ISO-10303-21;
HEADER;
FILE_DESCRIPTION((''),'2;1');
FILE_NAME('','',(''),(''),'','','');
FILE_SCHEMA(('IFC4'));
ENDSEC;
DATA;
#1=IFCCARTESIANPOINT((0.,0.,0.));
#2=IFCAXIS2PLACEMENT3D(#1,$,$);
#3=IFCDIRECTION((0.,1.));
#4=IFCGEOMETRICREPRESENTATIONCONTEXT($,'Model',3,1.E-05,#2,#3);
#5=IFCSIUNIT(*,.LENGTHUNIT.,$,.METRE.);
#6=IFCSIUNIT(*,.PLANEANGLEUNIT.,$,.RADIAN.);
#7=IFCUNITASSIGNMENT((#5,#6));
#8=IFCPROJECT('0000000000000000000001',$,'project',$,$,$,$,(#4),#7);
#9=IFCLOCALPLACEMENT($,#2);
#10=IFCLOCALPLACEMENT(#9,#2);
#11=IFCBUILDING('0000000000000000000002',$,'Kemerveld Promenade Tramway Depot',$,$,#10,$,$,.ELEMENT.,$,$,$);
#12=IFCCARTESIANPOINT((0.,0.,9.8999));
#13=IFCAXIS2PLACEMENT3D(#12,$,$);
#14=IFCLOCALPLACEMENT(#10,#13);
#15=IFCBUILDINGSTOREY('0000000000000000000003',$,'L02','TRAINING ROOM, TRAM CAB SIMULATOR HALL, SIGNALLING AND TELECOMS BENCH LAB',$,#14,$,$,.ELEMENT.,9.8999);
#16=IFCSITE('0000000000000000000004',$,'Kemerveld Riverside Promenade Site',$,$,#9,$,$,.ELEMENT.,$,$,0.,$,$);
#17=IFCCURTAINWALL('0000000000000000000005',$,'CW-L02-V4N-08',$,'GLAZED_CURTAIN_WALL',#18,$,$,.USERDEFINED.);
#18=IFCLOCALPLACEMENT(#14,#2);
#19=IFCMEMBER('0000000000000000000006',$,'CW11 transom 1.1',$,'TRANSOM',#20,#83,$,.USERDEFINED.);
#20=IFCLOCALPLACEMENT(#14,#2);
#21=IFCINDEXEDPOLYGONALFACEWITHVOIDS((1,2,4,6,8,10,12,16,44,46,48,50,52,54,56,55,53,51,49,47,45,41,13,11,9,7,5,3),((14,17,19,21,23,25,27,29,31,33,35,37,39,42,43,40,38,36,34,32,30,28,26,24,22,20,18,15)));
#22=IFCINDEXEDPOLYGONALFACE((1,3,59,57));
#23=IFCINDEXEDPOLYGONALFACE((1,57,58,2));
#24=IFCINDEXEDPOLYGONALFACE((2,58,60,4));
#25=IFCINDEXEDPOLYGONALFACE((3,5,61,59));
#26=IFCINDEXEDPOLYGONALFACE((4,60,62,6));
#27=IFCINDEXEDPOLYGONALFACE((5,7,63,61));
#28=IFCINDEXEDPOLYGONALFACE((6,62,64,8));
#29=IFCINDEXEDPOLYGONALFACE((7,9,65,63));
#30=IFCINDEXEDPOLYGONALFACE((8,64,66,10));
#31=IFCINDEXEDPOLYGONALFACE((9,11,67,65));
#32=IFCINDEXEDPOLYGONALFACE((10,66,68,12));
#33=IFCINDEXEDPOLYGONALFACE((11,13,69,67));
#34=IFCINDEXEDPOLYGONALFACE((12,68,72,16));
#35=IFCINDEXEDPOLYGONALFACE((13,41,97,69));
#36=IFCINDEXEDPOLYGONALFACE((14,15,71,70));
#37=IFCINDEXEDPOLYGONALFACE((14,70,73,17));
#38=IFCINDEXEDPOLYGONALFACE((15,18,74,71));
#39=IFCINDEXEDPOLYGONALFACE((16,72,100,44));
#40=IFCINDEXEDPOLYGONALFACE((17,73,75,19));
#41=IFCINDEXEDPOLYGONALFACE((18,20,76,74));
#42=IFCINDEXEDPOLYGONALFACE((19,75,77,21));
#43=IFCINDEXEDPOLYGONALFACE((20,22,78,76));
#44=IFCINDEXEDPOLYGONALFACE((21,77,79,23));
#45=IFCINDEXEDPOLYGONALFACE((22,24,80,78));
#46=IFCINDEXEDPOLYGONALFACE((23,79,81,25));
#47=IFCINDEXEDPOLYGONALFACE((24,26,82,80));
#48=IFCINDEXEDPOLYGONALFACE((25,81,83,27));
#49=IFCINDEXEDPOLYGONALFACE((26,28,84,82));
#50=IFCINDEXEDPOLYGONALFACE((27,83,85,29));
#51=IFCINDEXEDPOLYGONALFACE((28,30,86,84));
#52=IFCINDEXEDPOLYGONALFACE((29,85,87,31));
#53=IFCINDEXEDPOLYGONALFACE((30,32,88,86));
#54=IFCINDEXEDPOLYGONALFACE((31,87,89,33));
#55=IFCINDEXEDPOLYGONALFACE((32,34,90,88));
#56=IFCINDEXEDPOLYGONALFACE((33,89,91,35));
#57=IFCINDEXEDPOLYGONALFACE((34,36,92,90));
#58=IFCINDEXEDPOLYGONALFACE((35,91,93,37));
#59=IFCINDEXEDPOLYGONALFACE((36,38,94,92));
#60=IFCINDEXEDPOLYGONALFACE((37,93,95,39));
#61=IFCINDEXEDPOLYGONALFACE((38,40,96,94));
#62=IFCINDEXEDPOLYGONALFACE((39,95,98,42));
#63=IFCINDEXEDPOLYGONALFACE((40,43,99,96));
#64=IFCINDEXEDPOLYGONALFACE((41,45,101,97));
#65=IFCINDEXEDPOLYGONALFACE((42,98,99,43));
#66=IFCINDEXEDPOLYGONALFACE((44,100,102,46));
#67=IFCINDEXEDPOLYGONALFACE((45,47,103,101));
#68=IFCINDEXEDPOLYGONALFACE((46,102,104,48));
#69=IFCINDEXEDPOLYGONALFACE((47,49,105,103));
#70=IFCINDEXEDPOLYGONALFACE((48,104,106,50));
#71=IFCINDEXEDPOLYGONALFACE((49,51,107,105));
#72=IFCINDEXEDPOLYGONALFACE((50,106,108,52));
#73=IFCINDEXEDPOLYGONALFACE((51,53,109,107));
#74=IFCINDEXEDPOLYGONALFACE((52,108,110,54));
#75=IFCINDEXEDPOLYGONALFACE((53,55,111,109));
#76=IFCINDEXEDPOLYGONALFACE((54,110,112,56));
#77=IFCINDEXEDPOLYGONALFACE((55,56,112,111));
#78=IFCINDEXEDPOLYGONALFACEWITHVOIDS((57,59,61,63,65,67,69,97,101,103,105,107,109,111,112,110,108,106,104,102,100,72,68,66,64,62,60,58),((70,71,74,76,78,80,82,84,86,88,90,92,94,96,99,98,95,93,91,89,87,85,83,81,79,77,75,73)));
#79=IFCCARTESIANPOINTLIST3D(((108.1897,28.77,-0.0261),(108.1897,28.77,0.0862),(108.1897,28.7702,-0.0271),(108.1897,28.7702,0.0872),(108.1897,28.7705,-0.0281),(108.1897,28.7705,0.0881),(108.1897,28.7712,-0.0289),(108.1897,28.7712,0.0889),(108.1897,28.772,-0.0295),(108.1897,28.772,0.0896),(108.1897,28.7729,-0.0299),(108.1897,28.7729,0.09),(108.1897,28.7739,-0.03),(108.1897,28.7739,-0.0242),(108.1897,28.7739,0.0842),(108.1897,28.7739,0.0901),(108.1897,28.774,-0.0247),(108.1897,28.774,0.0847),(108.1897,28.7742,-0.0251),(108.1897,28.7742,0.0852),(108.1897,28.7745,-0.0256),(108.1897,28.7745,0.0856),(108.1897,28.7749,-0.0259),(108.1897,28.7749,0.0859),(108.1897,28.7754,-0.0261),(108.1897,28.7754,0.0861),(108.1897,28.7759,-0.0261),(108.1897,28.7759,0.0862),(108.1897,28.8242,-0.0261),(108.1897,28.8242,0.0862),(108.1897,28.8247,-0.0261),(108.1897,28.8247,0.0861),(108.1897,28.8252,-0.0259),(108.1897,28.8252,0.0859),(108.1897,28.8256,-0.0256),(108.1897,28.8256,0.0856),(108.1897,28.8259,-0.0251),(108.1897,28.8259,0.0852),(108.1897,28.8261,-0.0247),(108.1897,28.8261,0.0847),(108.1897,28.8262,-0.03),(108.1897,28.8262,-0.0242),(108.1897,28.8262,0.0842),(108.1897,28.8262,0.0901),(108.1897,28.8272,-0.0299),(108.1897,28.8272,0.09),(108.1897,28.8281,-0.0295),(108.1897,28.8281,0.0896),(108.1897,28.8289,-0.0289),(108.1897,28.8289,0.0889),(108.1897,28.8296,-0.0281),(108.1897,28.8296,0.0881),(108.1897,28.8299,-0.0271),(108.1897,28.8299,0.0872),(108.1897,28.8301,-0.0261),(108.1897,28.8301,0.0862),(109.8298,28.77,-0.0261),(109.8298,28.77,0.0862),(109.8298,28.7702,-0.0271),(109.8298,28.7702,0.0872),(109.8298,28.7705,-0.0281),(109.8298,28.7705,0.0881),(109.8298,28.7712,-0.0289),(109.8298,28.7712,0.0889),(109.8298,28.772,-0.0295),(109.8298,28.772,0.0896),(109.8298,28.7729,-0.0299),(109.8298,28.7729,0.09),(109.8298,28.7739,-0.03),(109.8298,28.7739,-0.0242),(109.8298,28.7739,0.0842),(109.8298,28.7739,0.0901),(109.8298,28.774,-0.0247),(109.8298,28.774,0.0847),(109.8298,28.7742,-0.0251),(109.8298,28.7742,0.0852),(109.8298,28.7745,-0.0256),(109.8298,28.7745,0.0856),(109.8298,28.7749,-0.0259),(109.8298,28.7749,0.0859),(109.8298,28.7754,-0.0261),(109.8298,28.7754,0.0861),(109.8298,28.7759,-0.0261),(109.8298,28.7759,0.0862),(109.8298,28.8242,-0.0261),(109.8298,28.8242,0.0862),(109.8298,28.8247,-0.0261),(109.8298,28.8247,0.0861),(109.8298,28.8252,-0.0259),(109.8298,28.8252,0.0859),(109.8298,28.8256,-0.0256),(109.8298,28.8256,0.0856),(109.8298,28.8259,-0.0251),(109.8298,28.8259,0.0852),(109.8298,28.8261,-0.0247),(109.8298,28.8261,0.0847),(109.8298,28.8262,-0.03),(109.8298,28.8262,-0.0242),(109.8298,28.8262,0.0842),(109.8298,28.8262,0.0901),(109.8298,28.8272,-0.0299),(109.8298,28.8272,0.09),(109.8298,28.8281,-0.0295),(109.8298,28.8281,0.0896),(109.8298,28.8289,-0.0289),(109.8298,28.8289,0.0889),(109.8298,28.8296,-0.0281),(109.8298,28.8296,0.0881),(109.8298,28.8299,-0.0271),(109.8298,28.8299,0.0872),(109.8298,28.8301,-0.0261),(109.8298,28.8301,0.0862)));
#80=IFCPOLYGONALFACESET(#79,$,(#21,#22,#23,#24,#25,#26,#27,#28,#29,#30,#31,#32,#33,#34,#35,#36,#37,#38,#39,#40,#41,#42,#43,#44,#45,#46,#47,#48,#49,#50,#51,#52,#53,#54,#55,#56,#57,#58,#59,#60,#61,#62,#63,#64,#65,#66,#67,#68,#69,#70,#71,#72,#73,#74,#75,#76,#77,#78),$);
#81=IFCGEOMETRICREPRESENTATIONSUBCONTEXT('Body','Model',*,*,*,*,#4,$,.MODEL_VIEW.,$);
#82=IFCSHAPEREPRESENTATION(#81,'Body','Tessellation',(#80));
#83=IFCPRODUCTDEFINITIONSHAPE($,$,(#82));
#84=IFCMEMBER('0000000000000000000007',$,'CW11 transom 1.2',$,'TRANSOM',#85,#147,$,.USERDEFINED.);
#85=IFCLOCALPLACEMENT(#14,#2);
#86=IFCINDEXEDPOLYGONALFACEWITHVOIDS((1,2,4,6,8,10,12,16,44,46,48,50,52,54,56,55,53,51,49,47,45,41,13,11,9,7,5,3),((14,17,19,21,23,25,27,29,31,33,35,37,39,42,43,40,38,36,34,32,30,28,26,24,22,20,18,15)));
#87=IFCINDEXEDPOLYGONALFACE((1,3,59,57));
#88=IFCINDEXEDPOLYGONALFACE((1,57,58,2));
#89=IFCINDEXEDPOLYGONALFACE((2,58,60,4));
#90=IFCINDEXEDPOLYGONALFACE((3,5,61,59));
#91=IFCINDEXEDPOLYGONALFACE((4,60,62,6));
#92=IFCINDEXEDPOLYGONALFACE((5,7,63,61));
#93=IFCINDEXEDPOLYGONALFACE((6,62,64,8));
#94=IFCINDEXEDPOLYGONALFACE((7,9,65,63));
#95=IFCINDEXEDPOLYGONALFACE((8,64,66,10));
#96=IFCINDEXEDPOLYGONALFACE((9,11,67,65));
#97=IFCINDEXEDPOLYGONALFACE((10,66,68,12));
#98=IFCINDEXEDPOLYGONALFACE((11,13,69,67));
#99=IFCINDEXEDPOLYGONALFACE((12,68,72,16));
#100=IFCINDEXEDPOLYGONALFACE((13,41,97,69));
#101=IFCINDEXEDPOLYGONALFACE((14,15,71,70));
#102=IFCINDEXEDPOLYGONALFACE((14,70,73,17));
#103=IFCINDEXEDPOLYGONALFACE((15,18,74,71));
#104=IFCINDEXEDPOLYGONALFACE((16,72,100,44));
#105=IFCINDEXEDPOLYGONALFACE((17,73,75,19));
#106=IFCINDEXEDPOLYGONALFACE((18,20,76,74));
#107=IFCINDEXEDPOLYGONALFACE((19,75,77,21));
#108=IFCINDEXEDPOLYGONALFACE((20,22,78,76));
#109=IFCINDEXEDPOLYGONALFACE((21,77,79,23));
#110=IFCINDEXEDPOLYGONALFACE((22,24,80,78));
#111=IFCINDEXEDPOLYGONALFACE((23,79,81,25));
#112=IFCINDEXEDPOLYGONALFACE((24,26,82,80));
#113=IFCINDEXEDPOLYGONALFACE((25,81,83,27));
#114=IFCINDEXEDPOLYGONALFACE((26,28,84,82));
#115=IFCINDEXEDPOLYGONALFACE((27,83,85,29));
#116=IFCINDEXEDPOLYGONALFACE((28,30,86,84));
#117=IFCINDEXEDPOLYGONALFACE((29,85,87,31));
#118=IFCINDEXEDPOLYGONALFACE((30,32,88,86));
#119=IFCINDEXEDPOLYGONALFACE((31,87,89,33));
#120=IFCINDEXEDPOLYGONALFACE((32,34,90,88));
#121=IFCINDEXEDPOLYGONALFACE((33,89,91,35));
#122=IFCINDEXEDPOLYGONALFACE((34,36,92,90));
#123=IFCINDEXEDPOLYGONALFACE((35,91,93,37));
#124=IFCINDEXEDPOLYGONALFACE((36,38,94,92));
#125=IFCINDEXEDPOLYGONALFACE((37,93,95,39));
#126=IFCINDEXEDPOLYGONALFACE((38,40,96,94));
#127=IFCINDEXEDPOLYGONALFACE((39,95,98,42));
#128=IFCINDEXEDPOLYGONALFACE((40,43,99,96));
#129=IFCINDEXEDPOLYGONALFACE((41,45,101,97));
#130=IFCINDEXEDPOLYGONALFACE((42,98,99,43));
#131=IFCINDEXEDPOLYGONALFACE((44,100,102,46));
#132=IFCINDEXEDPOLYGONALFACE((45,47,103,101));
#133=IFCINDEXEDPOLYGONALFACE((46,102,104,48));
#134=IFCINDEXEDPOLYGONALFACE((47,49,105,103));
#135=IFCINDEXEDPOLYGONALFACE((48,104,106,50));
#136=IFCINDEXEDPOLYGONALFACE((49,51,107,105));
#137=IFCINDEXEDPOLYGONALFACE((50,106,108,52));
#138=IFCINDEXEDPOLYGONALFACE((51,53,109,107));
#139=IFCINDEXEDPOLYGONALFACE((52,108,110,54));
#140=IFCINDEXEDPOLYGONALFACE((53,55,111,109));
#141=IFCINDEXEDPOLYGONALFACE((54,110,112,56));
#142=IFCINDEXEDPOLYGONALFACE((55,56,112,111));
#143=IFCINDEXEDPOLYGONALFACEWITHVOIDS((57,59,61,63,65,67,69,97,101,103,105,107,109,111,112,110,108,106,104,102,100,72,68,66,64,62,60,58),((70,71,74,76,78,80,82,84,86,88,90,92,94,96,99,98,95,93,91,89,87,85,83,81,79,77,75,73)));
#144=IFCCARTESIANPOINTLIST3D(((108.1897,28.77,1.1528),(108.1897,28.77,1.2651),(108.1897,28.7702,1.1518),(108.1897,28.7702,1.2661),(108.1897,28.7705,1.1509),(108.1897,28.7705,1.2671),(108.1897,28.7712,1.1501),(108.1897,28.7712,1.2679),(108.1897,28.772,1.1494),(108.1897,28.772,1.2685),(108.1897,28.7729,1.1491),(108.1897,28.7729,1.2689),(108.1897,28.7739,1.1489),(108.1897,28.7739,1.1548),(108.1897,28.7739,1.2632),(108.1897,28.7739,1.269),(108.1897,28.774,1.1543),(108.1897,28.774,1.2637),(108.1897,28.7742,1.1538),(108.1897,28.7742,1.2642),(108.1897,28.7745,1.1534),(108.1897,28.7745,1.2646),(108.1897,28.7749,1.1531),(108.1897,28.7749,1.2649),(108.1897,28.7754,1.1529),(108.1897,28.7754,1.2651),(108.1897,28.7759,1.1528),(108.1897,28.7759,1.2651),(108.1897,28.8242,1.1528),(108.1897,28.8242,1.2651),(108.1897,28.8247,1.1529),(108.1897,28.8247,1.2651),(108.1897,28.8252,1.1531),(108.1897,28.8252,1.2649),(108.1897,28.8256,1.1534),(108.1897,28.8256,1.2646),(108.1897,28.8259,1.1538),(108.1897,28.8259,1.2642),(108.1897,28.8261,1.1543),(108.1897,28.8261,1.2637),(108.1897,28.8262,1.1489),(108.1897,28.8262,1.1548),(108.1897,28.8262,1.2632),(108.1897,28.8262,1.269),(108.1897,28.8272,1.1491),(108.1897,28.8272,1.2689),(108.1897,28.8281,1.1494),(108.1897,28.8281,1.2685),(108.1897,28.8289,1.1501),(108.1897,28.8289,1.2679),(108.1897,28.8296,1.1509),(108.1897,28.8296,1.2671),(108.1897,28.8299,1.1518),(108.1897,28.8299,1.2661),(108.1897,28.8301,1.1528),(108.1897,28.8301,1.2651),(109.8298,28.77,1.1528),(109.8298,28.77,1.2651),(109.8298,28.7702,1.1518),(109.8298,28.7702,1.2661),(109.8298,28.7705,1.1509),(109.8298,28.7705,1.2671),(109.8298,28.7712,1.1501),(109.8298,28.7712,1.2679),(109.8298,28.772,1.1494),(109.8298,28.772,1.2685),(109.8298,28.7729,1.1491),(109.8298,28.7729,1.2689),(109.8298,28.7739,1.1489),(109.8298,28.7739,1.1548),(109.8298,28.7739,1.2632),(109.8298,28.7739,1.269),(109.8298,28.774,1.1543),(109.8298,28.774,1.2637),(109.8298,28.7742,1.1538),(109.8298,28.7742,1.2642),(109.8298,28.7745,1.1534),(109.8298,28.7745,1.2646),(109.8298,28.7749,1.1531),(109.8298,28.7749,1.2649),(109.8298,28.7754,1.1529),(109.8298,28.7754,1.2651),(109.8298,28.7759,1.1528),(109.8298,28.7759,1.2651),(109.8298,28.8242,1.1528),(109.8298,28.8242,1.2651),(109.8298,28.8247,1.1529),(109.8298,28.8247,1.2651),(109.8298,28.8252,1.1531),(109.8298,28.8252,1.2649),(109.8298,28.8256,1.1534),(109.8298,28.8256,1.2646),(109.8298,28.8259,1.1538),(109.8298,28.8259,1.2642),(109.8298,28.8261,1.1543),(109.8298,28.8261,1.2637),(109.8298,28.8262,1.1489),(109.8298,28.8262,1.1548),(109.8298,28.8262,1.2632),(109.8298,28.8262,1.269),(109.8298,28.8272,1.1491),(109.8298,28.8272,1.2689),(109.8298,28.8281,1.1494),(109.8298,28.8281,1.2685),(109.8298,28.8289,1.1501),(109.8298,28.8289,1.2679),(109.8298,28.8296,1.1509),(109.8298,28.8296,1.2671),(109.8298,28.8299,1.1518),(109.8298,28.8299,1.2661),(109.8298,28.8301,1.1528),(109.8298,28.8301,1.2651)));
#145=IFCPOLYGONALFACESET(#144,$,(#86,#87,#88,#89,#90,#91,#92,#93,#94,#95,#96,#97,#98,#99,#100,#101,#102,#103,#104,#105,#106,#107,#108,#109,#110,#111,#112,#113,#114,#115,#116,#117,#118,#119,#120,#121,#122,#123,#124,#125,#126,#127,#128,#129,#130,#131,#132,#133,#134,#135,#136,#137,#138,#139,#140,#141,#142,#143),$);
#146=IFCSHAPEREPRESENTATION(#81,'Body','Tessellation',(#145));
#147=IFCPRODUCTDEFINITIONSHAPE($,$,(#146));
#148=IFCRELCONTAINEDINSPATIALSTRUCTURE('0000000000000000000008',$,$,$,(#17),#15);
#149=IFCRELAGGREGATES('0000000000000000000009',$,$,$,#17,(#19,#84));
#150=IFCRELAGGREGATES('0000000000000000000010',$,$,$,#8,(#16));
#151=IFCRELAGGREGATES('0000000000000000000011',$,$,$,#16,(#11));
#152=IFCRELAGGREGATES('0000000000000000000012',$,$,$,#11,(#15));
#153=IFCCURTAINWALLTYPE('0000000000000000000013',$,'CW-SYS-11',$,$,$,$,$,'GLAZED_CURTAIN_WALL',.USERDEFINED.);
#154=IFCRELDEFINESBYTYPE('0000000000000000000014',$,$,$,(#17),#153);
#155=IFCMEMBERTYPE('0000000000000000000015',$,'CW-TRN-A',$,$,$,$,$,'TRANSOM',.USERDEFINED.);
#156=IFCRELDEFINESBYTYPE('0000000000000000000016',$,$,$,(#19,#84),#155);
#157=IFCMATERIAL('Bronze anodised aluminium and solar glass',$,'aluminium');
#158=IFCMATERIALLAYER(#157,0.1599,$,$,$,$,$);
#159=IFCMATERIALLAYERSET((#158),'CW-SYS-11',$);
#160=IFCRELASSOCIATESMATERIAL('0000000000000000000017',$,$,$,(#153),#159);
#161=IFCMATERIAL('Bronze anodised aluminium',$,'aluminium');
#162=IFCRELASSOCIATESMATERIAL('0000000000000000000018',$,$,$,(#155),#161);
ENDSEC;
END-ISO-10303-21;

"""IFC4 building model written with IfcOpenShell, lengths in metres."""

from ifc_helpers import new_model, si_unit, direction, frame, origin, origin_2d, place, context, subcontext, project, spatial, hollow_rectangle, extrude, material, layer, layer_set, material_profile, profile_set, type_object, element, aggregate, save


model = new_model("IFC4")

# Units and contexts
model_context = context("Model", 3, precision=1e-05, world=origin(), true_north=direction((0.0, 1.0)))
body_context = subcontext(model_context, "Body", "Model", "MODEL_VIEW")
ifc_project = project(units=[si_unit("LENGTHUNIT", "METRE"), si_unit("PLANEANGLEUNIT", "RADIAN")], contexts=[model_context])

# Site, building, storey
site_placement = place(None, origin())
site = spatial("IfcSite", under=ifc_project, at=site_placement, Name="Kemerveld Riverside Promenade Site", CompositionType="ELEMENT", RefElevation=0.0)
building_placement = place(site_placement, origin())
building = spatial("IfcBuilding", under=site, at=building_placement, Name="Kemerveld Promenade Tramway Depot", CompositionType="ELEMENT")
storey_placement = place(building_placement, frame((0.0, 0.0, 9.8999)))
storey = spatial("IfcBuildingStorey", under=building, at=storey_placement, Name="L02", Description="TRAINING ROOM, TRAM CAB SIMULATOR HALL, SIGNALLING AND TELECOMS BENCH LAB", CompositionType="ELEMENT", Elevation=9.8999)

# Curtain wall, members
ifc_material_1 = material(Name="Bronze anodised aluminium and solar glass", Category="aluminium")
ifc_layer_1 = layer(ifc_material_1, 0.1599)
ifc_layer_set_1 = layer_set([ifc_layer_1], Name="CW-SYS-11")
curtain_wall_type = type_object("IfcCurtainWallType", Name="CW-SYS-11", ElementType="GLAZED_CURTAIN_WALL", PredefinedType="USERDEFINED", material=ifc_layer_set_1)
curtain_wall_placement = place(storey_placement, origin())
curtain_wall = element("IfcCurtainWall", 1, at=curtain_wall_placement, inside=storey, type_object=curtain_wall_type, Name="CW-L02-V4N-08", ObjectType="GLAZED_CURTAIN_WALL", PredefinedType="USERDEFINED")
ifc_material_2 = material(Name="Bronze anodised aluminium", Category="aluminium")
ifc_material_profile_1 = material_profile(ifc_material_2, hollow_rectangle(XDim=0.0601, YDim=0.1201, WallThickness=0.0039, InnerFilletRadius=0.002, OuterFilletRadius=0.0039, at=origin_2d()), Name="CW-TRN-120x60")
ifc_profile_set_1 = profile_set([ifc_material_profile_1], Name="Bronze anodised aluminium")
member_type_1 = type_object("IfcMemberType", Name="CW-TRN-A", ElementType="TRANSOM", PredefinedType="USERDEFINED", material=ifc_profile_set_1)
member_1_placement = place(storey_placement, frame((108.1897, 28.8, 0.03), z_axis=(1.0, 0.0, 0.0), x_axis=(0.0, 1.0, 0.0)))
member_1 = element("IfcMember", 2, at=member_1_placement, type_object=member_type_1, Name="CW11 transom 1.1", ObjectType="TRANSOM", PredefinedType="USERDEFINED", context=body_context, shape_type="SweptSolid", body=[
    extrude(hollow_rectangle(XDim=0.0601, YDim=0.1201, WallThickness=0.0039, InnerFilletRadius=0.002, OuterFilletRadius=0.0039, at=origin_2d()), origin(), (0.0, 0.0, 1.0), 1.6401),
])
member_2_placement = place(storey_placement, frame((108.1897, 28.8, 1.209), z_axis=(1.0, 0.0, 0.0), x_axis=(0.0, 1.0, 0.0)))
member_2 = element("IfcMember", 3, at=member_2_placement, type_object=member_type_1, Name="CW11 transom 1.2", ObjectType="TRANSOM", PredefinedType="USERDEFINED", context=body_context, shape_type="SweptSolid", body=[
    extrude(hollow_rectangle(XDim=0.0601, YDim=0.1201, WallThickness=0.0039, InnerFilletRadius=0.002, OuterFilletRadius=0.0039, at=origin_2d()), origin(), (0.0, 0.0, 1.0), 1.6401),
])

aggregate(curtain_wall, [member_1, member_2])

save(model, "model.ifc")
